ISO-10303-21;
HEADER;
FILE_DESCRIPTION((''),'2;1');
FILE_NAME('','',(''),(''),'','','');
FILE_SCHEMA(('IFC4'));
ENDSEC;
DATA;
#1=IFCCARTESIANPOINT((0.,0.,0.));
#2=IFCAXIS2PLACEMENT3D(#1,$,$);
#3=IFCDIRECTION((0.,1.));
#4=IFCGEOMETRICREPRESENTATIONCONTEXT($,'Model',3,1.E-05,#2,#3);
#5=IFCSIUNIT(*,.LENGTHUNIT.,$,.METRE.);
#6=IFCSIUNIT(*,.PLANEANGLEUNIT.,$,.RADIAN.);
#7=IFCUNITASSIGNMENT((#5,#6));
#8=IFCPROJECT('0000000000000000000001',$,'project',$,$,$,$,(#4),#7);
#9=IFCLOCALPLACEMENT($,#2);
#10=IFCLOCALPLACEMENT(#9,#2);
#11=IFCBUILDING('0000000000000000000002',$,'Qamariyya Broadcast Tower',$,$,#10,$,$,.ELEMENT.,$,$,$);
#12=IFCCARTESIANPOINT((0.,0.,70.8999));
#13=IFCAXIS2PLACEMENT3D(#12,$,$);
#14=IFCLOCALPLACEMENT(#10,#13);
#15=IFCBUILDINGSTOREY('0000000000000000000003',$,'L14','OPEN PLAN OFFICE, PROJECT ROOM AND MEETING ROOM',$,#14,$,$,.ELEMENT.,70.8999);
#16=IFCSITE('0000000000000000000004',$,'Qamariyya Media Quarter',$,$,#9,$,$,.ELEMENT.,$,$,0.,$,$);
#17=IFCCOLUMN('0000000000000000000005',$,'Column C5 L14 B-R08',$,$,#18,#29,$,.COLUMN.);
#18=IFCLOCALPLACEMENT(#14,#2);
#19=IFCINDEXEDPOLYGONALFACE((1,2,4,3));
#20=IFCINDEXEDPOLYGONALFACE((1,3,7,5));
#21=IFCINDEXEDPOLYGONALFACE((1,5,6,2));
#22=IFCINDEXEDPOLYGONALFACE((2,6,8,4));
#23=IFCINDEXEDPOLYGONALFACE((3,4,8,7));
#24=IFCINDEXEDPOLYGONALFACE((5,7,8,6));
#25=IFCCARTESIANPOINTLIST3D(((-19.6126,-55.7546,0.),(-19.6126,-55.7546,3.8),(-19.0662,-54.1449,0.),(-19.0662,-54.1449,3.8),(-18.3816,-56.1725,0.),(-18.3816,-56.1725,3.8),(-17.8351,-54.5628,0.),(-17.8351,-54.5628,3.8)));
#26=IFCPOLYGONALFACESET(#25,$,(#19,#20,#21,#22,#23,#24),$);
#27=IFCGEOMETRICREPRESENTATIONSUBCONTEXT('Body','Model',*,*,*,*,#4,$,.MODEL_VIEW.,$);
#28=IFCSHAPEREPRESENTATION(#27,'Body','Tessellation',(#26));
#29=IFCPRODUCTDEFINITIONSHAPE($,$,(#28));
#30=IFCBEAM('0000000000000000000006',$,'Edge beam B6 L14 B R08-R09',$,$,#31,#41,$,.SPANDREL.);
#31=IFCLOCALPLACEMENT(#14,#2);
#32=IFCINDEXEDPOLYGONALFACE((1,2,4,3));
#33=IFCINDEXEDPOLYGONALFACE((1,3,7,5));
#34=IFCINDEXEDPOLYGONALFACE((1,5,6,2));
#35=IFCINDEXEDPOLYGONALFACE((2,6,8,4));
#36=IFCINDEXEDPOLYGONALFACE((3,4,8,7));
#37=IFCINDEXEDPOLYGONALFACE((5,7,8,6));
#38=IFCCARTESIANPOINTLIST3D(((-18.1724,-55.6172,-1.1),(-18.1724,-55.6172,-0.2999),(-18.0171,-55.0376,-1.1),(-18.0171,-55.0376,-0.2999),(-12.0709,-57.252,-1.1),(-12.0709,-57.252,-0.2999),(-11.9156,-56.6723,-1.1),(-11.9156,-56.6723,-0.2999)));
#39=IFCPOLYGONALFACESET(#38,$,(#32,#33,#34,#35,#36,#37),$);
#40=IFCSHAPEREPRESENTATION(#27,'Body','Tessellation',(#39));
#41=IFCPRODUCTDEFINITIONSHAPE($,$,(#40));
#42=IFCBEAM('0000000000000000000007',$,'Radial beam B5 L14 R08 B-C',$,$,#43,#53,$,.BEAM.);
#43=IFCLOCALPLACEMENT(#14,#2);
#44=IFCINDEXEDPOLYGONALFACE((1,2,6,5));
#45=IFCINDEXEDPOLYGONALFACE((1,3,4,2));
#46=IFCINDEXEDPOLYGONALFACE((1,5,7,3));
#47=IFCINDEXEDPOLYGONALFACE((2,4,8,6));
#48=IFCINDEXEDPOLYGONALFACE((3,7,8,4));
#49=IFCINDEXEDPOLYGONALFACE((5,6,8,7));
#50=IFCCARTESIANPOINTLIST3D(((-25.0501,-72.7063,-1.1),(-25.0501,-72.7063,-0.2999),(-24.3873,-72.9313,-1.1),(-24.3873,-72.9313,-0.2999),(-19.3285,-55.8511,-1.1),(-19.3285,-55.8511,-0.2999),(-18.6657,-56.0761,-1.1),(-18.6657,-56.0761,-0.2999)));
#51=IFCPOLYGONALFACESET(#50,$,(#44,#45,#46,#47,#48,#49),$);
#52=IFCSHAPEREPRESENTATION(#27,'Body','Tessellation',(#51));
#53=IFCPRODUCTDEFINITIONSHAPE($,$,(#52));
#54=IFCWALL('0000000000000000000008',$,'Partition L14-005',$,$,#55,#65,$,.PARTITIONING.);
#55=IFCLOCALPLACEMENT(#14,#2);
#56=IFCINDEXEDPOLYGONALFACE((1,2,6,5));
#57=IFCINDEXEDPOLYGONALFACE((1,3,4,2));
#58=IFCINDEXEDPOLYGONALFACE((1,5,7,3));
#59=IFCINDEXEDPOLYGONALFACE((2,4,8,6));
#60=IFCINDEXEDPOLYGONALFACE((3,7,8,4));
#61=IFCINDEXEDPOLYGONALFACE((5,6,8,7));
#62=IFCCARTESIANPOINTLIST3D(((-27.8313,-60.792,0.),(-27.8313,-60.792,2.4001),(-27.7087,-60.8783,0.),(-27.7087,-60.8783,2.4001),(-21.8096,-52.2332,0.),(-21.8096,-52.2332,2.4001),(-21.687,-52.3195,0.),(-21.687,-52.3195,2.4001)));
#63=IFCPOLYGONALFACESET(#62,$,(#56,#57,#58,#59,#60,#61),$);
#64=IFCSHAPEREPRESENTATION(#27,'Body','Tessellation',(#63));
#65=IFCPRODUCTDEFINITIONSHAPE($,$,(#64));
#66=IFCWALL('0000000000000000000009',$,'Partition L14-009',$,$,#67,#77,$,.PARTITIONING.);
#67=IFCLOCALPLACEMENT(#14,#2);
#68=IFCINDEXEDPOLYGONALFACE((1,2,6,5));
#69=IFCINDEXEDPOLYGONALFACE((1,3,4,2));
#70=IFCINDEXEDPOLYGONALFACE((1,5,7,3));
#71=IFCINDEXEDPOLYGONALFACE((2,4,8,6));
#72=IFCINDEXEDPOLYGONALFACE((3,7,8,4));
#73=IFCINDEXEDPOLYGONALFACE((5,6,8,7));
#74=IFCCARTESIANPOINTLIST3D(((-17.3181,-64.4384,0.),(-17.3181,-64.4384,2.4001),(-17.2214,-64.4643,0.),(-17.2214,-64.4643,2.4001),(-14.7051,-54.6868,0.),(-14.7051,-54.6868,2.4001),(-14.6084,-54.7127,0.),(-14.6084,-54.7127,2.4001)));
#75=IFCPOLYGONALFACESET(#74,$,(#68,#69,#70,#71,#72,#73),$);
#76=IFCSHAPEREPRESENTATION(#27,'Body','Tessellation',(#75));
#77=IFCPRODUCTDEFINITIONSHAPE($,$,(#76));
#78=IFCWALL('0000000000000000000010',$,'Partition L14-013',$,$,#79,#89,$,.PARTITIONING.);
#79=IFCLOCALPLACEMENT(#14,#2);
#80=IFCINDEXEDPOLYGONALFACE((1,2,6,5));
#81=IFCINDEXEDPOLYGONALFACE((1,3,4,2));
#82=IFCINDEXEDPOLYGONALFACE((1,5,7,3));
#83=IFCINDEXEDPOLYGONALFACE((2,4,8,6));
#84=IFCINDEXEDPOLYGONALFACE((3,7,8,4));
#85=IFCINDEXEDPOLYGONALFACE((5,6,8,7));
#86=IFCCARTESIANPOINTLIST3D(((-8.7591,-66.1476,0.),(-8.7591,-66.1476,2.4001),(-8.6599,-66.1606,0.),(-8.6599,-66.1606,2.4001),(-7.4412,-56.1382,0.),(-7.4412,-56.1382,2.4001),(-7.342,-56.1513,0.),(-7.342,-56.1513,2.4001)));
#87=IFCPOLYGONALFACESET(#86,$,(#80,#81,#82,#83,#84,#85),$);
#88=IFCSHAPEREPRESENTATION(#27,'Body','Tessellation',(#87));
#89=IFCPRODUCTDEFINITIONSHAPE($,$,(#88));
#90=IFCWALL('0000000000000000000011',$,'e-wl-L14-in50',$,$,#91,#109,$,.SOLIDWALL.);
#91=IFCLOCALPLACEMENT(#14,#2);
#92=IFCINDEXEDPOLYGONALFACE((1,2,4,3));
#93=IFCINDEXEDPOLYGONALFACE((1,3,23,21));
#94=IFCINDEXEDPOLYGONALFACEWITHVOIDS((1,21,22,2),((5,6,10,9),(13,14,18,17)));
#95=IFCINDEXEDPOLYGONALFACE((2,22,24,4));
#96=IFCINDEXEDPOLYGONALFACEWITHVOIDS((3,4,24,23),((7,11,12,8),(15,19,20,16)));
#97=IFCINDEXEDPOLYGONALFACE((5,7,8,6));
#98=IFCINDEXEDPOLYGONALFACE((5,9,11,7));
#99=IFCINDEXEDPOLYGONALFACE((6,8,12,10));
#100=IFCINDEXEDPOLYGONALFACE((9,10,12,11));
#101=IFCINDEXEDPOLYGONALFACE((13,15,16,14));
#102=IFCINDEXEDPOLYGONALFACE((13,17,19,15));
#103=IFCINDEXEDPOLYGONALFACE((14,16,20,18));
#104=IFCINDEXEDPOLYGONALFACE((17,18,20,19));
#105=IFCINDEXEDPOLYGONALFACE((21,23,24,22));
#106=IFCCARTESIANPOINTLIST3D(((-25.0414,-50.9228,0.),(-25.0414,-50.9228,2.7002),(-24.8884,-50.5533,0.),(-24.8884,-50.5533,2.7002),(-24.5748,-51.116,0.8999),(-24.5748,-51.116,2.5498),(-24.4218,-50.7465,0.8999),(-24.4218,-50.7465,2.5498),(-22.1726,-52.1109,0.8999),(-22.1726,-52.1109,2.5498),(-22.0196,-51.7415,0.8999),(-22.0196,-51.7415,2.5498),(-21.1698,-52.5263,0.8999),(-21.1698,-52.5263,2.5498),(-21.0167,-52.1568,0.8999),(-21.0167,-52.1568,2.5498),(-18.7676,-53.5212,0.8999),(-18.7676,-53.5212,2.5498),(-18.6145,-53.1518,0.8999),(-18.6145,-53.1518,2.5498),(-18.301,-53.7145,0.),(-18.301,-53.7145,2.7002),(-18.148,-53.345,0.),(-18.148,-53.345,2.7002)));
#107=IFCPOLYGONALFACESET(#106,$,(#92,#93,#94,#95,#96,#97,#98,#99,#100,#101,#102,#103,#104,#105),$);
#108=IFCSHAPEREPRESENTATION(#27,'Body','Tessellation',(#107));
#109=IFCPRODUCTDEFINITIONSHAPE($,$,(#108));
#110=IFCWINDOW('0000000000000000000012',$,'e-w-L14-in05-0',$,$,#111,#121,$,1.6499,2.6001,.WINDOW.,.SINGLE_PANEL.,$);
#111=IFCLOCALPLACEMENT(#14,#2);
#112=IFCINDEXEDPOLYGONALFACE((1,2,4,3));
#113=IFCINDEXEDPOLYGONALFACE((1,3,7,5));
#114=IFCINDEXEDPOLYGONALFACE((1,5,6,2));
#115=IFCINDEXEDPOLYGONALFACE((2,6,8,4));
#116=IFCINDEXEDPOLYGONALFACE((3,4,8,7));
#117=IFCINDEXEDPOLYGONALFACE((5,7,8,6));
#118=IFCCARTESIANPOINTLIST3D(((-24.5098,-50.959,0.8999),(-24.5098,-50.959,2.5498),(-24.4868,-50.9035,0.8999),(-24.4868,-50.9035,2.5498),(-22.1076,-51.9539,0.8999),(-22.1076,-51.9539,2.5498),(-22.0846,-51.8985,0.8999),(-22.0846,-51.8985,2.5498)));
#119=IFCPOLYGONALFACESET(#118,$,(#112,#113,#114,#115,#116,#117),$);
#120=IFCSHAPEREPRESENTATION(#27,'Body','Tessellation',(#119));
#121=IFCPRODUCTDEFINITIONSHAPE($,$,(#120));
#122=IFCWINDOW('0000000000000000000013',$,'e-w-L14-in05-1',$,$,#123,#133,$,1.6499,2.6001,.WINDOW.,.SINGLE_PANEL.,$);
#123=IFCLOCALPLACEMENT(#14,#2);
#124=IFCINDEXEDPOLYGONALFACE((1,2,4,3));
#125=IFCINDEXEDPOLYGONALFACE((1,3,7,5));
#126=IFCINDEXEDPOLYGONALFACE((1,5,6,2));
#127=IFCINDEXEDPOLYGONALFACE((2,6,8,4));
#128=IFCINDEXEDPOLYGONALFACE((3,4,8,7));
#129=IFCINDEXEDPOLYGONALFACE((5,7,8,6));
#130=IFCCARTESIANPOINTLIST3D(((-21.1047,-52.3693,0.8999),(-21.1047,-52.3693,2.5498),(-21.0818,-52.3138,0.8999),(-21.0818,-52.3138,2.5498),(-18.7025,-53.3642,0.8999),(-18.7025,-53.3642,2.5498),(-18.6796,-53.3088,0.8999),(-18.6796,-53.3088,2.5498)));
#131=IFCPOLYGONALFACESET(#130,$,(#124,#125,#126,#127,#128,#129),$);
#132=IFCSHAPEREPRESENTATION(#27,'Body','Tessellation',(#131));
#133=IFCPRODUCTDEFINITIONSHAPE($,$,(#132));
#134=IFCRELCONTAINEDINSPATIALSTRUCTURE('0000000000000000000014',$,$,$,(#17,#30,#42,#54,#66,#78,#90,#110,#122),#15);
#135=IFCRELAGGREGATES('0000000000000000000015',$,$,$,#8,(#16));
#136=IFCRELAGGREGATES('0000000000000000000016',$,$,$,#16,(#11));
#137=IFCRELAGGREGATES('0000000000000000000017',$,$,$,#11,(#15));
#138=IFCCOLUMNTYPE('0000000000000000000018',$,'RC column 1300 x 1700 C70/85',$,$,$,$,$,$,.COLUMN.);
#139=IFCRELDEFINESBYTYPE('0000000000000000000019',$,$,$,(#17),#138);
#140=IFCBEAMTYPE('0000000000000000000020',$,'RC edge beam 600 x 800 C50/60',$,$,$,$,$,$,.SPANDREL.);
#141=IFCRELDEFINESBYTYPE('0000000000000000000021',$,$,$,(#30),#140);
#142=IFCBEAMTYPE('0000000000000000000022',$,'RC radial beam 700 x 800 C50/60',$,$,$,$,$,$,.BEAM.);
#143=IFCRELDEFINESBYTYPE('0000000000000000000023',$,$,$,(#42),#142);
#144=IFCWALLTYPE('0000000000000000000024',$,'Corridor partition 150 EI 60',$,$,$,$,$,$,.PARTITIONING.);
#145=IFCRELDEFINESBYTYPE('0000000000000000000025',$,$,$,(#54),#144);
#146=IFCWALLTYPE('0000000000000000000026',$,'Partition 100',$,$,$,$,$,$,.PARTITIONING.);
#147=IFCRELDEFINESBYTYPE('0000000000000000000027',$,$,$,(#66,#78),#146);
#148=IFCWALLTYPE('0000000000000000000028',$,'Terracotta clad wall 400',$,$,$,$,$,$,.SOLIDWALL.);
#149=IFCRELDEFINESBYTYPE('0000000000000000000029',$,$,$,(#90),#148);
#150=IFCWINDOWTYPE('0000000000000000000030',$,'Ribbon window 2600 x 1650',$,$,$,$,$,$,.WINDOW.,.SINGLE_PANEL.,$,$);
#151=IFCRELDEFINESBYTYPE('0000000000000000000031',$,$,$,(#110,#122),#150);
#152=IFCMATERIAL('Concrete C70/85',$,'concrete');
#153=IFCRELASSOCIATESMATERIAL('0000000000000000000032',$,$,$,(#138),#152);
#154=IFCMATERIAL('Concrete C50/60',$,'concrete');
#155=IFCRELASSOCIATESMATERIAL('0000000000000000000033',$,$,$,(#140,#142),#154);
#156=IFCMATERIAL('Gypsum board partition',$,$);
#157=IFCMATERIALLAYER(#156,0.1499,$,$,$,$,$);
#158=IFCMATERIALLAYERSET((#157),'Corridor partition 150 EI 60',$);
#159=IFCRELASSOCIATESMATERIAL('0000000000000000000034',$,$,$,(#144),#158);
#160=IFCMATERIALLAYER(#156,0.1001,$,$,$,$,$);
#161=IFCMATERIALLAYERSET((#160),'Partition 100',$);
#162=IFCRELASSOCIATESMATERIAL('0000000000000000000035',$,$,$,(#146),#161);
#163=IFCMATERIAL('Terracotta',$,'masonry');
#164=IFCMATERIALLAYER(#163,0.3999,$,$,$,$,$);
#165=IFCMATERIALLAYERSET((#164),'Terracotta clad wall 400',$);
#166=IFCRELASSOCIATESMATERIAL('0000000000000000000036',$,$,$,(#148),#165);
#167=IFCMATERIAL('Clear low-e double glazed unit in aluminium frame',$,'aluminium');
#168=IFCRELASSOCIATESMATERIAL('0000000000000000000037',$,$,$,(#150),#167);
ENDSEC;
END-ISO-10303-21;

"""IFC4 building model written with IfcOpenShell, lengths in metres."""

from ifc_helpers import new_model, si_unit, direction, frame, frame_2d, origin, origin_2d, place, context, subcontext, project, spatial, rectangle, extrude, material, layer, layer_set, material_profile, profile_set, type_object, element, fill, save


model = new_model("IFC4")

# Units and contexts
model_context = context("Model", 3, precision=1e-05, world=origin(), true_north=direction((0.0, 1.0)))
body_context = subcontext(model_context, "Body", "Model", "MODEL_VIEW")
ifc_project = project(units=[si_unit("LENGTHUNIT", "METRE"), si_unit("PLANEANGLEUNIT", "RADIAN")], contexts=[model_context])

# Site, building, storey
site_placement = place(None, origin())
site = spatial("IfcSite", under=ifc_project, at=site_placement, Name="Qamariyya Media Quarter", CompositionType="ELEMENT", RefElevation=0.0)
building_placement = place(site_placement, origin())
building = spatial("IfcBuilding", under=site, at=building_placement, Name="Qamariyya Broadcast Tower", CompositionType="ELEMENT")
storey_placement = place(building_placement, frame((0.0, 0.0, 70.8999)))
storey = spatial("IfcBuildingStorey", under=building, at=storey_placement, Name="L14", Description="OPEN PLAN OFFICE, PROJECT ROOM AND MEETING ROOM", CompositionType="ELEMENT", Elevation=70.8999)

# Column
ifc_material_1 = material(Name="Concrete C70/85", Category="concrete")
ifc_material_profile_1 = material_profile(ifc_material_1, rectangle(XDim=1.3, YDim=1.7, at=origin_2d()))
ifc_profile_set_1 = profile_set([ifc_material_profile_1], Name="Concrete C70/85")
column_type = type_object("IfcColumnType", Name="RC column 1300 x 1700 C70/85", PredefinedType="COLUMN", material=ifc_profile_set_1)
column_placement = place(storey_placement, frame((-18.7239, -55.1587, 0.0), z_axis=(0.0, 0.0, 1.0), x_axis=(0.94693, -0.321439, 0.0)))
element("IfcColumn", 1, at=column_placement, inside=storey, type_object=column_type, Name="Column C5 L14 B-R08", PredefinedType="COLUMN", context=body_context, shape_type="SweptSolid", body=[
    extrude(rectangle(XDim=1.3, YDim=1.7, at=origin_2d()), origin(), (0.0, 0.0, 1.0), 3.8),
])

# Beams
ifc_material_2 = material(Name="Concrete C50/60", Category="concrete")
ifc_material_profile_2 = material_profile(ifc_material_2, rectangle(XDim=0.6001, YDim=0.8, at=origin_2d()))
ifc_profile_set_2 = profile_set([ifc_material_profile_2], Name="Concrete C50/60")
beam_type_1 = type_object("IfcBeamType", Name="RC edge beam 600 x 800 C50/60", PredefinedType="SPANDREL", material=ifc_profile_set_2)
beam_1_placement = place(storey_placement, frame((-18.0947, -55.3274, -0.7), z_axis=(0.965931, -0.258798, 0.0), x_axis=(0.258798, 0.965931, 0.0)))
element("IfcBeam", 2, at=beam_1_placement, inside=storey, type_object=beam_type_1, Name="Edge beam B6 L14 B R08-R09", PredefinedType="SPANDREL", context=body_context, shape_type="SweptSolid", body=[
    extrude(rectangle(XDim=0.6001, YDim=0.8, at=origin_2d()), origin(), (0.0, 0.0, 1.0), 6.3167),
])
ifc_material_profile_3 = material_profile(ifc_material_2, rectangle(XDim=0.7, YDim=0.8, at=origin_2d()))
ifc_profile_set_3 = profile_set([ifc_material_profile_3], Name="Concrete C50/60")
beam_type_2 = type_object("IfcBeamType", Name="RC radial beam 700 x 800 C50/60", PredefinedType="BEAM", material=ifc_profile_set_3)
beam_2_placement = place(storey_placement, frame((-18.9971, -55.9636, -0.7), z_axis=(-0.321445, -0.946928, 0.0), x_axis=(0.946928, -0.321445, 0.0)))
element("IfcBeam", 3, at=beam_2_placement, inside=storey, type_object=beam_type_2, Name="Radial beam B5 L14 R08 B-C", PredefinedType="BEAM", context=body_context, shape_type="SweptSolid", body=[
    extrude(rectangle(XDim=0.7, YDim=0.8, at=origin_2d()), origin(), (0.0, 0.0, 1.0), 17.7998),
])

# Walls
ifc_material_3 = material(Name="Gypsum board partition")
ifc_layer_1 = layer(ifc_material_3, 0.1499)
ifc_layer_set_1 = layer_set([ifc_layer_1], Name="Corridor partition 150 EI 60")
wall_type_1 = type_object("IfcWallType", Name="Corridor partition 150 EI 60", PredefinedType="PARTITIONING", material=ifc_layer_set_1)
wall_1_placement = place(storey_placement, frame((-21.7483, -52.2764, 0.0), z_axis=(0.0, 0.0, 1.0), x_axis=(-0.575419, -0.817858, 0.0)))
element("IfcWall", 4, at=wall_1_placement, inside=storey, type_object=wall_type_1, Name="Partition L14-005", PredefinedType="PARTITIONING", context=body_context, shape_type="SweptSolid", body=[
    extrude(rectangle(XDim=10.4648, YDim=0.1499, at=frame_2d((5.2324, 0.0))), origin(), (0.0, 0.0, 1.0), 2.4001),
])
ifc_layer_2 = layer(ifc_material_3, 0.1001)
ifc_layer_set_2 = layer_set([ifc_layer_2], Name="Partition 100")
wall_type_2 = type_object("IfcWallType", Name="Partition 100", PredefinedType="PARTITIONING", material=ifc_layer_set_2)
for number, where, z_axis, x_axis, name in (
    (5, (-14.6567, -54.6997, 0.0), (0.0, 0.0, 1.0), (-0.258826, -0.965924, 0.0), "Partition L14-009"),
    (6, (-7.3916, -56.1448, 0.0), (0.0, 0.0, 1.0), (-0.130538, -0.991443, 0.0), "Partition L14-013"),
):
    element("IfcWall", number, at=place(storey_placement, frame(where, z_axis=z_axis, x_axis=x_axis)), inside=storey, type_object=wall_type_2, Name=name, PredefinedType="PARTITIONING", context=body_context, shape_type="SweptSolid", body=[
        extrude(rectangle(XDim=10.0957, YDim=0.1001, at=frame_2d((5.0479, 0.0))), origin(), (0.0, 0.0, 1.0), 2.4001),
    ])

# Wall, openings, windows
ifc_material_4 = material(Name="Terracotta", Category="masonry")
ifc_layer_3 = layer(ifc_material_4, 0.3999)
ifc_layer_set_3 = layer_set([ifc_layer_3], Name="Terracotta clad wall 400")
wall_type_3 = type_object("IfcWallType", Name="Terracotta clad wall 400", PredefinedType="SOLIDWALL", material=ifc_layer_set_3)
wall_2_placement = place(storey_placement, frame((-18.2244, -53.5298, 0.0), z_axis=(0.0, 0.0, 1.0), x_axis=(-0.923892, 0.382654, 0.0)))
wall_2 = element("IfcWall", 7, at=wall_2_placement, inside=storey, type_object=wall_type_3, Name="e-wl-L14-in50", PredefinedType="SOLIDWALL", context=body_context, shape_type="SweptSolid", body=[
    extrude(rectangle(XDim=7.2957, YDim=0.3999, at=frame_2d((3.6479, 0.0))), origin(), (0.0, 0.0, 1.0), 2.7002),
])
opening_1_placement = place(wall_2_placement, frame((4.1907, 0.0, 0.8999)))
opening_1 = element("IfcOpeningElement", 8, at=opening_1_placement, cuts=wall_2, PredefinedType="OPENING", context=body_context, shape_type="SweptSolid", body=[
    extrude(rectangle(XDim=2.6001, YDim=1.6499, at=frame_2d((1.3, 0.825))), frame((0.0, 0.21, 0.0), z_axis=(0.0, -1.0, 0.0), x_axis=(1.0, 0.0, 0.0)), (0.0, 0.0, 1.0), 0.4199),
])
opening_2_placement = place(wall_2_placement, frame((0.5051, 0.0, 0.8999)))
opening_2 = element("IfcOpeningElement", 9, at=opening_2_placement, cuts=wall_2, PredefinedType="OPENING", context=body_context, shape_type="SweptSolid", body=[
    extrude(rectangle(XDim=2.6001, YDim=1.6499, at=frame_2d((1.3, 0.825))), frame((0.0, 0.21, 0.0), z_axis=(0.0, -1.0, 0.0), x_axis=(1.0, 0.0, 0.0)), (0.0, 0.0, 1.0), 0.4199),
])
ifc_material_5 = material(Name="Clear low-e double glazed unit in aluminium frame", Category="aluminium")
window_type = type_object("IfcWindowType", Name="Ribbon window 2600 x 1650", PartitioningType="SINGLE_PANEL", PredefinedType="WINDOW", material=ifc_material_5)
window_1_placement = place(opening_1_placement, origin())
window_1 = element("IfcWindow", 10, at=window_1_placement, inside=storey, type_object=window_type, Name="e-w-L14-in05-0", OverallHeight=1.6499, OverallWidth=2.6001, PartitioningType="SINGLE_PANEL", PredefinedType="WINDOW", context=body_context, shape_type="SweptSolid", body=[
    extrude(rectangle(XDim=2.6001, YDim=1.6499, at=frame_2d((1.3, 0.825))), frame((0.0, 0.03, 0.0), z_axis=(0.0, -1.0, 0.0), x_axis=(1.0, 0.0, 0.0)), (0.0, 0.0, 1.0), 0.0601),
])
fill(opening_1, window_1)
window_2_placement = place(opening_2_placement, origin())
window_2 = element("IfcWindow", 11, at=window_2_placement, inside=storey, type_object=window_type, Name="e-w-L14-in05-1", OverallHeight=1.6499, OverallWidth=2.6001, PartitioningType="SINGLE_PANEL", PredefinedType="WINDOW", context=body_context, shape_type="SweptSolid", body=[
    extrude(rectangle(XDim=2.6001, YDim=1.6499, at=frame_2d((1.3, 0.825))), frame((0.0, 0.03, 0.0), z_axis=(0.0, -1.0, 0.0), x_axis=(1.0, 0.0, 0.0)), (0.0, 0.0, 1.0), 0.0601),
])
fill(opening_2, window_2)

save(model, "model.ifc")
